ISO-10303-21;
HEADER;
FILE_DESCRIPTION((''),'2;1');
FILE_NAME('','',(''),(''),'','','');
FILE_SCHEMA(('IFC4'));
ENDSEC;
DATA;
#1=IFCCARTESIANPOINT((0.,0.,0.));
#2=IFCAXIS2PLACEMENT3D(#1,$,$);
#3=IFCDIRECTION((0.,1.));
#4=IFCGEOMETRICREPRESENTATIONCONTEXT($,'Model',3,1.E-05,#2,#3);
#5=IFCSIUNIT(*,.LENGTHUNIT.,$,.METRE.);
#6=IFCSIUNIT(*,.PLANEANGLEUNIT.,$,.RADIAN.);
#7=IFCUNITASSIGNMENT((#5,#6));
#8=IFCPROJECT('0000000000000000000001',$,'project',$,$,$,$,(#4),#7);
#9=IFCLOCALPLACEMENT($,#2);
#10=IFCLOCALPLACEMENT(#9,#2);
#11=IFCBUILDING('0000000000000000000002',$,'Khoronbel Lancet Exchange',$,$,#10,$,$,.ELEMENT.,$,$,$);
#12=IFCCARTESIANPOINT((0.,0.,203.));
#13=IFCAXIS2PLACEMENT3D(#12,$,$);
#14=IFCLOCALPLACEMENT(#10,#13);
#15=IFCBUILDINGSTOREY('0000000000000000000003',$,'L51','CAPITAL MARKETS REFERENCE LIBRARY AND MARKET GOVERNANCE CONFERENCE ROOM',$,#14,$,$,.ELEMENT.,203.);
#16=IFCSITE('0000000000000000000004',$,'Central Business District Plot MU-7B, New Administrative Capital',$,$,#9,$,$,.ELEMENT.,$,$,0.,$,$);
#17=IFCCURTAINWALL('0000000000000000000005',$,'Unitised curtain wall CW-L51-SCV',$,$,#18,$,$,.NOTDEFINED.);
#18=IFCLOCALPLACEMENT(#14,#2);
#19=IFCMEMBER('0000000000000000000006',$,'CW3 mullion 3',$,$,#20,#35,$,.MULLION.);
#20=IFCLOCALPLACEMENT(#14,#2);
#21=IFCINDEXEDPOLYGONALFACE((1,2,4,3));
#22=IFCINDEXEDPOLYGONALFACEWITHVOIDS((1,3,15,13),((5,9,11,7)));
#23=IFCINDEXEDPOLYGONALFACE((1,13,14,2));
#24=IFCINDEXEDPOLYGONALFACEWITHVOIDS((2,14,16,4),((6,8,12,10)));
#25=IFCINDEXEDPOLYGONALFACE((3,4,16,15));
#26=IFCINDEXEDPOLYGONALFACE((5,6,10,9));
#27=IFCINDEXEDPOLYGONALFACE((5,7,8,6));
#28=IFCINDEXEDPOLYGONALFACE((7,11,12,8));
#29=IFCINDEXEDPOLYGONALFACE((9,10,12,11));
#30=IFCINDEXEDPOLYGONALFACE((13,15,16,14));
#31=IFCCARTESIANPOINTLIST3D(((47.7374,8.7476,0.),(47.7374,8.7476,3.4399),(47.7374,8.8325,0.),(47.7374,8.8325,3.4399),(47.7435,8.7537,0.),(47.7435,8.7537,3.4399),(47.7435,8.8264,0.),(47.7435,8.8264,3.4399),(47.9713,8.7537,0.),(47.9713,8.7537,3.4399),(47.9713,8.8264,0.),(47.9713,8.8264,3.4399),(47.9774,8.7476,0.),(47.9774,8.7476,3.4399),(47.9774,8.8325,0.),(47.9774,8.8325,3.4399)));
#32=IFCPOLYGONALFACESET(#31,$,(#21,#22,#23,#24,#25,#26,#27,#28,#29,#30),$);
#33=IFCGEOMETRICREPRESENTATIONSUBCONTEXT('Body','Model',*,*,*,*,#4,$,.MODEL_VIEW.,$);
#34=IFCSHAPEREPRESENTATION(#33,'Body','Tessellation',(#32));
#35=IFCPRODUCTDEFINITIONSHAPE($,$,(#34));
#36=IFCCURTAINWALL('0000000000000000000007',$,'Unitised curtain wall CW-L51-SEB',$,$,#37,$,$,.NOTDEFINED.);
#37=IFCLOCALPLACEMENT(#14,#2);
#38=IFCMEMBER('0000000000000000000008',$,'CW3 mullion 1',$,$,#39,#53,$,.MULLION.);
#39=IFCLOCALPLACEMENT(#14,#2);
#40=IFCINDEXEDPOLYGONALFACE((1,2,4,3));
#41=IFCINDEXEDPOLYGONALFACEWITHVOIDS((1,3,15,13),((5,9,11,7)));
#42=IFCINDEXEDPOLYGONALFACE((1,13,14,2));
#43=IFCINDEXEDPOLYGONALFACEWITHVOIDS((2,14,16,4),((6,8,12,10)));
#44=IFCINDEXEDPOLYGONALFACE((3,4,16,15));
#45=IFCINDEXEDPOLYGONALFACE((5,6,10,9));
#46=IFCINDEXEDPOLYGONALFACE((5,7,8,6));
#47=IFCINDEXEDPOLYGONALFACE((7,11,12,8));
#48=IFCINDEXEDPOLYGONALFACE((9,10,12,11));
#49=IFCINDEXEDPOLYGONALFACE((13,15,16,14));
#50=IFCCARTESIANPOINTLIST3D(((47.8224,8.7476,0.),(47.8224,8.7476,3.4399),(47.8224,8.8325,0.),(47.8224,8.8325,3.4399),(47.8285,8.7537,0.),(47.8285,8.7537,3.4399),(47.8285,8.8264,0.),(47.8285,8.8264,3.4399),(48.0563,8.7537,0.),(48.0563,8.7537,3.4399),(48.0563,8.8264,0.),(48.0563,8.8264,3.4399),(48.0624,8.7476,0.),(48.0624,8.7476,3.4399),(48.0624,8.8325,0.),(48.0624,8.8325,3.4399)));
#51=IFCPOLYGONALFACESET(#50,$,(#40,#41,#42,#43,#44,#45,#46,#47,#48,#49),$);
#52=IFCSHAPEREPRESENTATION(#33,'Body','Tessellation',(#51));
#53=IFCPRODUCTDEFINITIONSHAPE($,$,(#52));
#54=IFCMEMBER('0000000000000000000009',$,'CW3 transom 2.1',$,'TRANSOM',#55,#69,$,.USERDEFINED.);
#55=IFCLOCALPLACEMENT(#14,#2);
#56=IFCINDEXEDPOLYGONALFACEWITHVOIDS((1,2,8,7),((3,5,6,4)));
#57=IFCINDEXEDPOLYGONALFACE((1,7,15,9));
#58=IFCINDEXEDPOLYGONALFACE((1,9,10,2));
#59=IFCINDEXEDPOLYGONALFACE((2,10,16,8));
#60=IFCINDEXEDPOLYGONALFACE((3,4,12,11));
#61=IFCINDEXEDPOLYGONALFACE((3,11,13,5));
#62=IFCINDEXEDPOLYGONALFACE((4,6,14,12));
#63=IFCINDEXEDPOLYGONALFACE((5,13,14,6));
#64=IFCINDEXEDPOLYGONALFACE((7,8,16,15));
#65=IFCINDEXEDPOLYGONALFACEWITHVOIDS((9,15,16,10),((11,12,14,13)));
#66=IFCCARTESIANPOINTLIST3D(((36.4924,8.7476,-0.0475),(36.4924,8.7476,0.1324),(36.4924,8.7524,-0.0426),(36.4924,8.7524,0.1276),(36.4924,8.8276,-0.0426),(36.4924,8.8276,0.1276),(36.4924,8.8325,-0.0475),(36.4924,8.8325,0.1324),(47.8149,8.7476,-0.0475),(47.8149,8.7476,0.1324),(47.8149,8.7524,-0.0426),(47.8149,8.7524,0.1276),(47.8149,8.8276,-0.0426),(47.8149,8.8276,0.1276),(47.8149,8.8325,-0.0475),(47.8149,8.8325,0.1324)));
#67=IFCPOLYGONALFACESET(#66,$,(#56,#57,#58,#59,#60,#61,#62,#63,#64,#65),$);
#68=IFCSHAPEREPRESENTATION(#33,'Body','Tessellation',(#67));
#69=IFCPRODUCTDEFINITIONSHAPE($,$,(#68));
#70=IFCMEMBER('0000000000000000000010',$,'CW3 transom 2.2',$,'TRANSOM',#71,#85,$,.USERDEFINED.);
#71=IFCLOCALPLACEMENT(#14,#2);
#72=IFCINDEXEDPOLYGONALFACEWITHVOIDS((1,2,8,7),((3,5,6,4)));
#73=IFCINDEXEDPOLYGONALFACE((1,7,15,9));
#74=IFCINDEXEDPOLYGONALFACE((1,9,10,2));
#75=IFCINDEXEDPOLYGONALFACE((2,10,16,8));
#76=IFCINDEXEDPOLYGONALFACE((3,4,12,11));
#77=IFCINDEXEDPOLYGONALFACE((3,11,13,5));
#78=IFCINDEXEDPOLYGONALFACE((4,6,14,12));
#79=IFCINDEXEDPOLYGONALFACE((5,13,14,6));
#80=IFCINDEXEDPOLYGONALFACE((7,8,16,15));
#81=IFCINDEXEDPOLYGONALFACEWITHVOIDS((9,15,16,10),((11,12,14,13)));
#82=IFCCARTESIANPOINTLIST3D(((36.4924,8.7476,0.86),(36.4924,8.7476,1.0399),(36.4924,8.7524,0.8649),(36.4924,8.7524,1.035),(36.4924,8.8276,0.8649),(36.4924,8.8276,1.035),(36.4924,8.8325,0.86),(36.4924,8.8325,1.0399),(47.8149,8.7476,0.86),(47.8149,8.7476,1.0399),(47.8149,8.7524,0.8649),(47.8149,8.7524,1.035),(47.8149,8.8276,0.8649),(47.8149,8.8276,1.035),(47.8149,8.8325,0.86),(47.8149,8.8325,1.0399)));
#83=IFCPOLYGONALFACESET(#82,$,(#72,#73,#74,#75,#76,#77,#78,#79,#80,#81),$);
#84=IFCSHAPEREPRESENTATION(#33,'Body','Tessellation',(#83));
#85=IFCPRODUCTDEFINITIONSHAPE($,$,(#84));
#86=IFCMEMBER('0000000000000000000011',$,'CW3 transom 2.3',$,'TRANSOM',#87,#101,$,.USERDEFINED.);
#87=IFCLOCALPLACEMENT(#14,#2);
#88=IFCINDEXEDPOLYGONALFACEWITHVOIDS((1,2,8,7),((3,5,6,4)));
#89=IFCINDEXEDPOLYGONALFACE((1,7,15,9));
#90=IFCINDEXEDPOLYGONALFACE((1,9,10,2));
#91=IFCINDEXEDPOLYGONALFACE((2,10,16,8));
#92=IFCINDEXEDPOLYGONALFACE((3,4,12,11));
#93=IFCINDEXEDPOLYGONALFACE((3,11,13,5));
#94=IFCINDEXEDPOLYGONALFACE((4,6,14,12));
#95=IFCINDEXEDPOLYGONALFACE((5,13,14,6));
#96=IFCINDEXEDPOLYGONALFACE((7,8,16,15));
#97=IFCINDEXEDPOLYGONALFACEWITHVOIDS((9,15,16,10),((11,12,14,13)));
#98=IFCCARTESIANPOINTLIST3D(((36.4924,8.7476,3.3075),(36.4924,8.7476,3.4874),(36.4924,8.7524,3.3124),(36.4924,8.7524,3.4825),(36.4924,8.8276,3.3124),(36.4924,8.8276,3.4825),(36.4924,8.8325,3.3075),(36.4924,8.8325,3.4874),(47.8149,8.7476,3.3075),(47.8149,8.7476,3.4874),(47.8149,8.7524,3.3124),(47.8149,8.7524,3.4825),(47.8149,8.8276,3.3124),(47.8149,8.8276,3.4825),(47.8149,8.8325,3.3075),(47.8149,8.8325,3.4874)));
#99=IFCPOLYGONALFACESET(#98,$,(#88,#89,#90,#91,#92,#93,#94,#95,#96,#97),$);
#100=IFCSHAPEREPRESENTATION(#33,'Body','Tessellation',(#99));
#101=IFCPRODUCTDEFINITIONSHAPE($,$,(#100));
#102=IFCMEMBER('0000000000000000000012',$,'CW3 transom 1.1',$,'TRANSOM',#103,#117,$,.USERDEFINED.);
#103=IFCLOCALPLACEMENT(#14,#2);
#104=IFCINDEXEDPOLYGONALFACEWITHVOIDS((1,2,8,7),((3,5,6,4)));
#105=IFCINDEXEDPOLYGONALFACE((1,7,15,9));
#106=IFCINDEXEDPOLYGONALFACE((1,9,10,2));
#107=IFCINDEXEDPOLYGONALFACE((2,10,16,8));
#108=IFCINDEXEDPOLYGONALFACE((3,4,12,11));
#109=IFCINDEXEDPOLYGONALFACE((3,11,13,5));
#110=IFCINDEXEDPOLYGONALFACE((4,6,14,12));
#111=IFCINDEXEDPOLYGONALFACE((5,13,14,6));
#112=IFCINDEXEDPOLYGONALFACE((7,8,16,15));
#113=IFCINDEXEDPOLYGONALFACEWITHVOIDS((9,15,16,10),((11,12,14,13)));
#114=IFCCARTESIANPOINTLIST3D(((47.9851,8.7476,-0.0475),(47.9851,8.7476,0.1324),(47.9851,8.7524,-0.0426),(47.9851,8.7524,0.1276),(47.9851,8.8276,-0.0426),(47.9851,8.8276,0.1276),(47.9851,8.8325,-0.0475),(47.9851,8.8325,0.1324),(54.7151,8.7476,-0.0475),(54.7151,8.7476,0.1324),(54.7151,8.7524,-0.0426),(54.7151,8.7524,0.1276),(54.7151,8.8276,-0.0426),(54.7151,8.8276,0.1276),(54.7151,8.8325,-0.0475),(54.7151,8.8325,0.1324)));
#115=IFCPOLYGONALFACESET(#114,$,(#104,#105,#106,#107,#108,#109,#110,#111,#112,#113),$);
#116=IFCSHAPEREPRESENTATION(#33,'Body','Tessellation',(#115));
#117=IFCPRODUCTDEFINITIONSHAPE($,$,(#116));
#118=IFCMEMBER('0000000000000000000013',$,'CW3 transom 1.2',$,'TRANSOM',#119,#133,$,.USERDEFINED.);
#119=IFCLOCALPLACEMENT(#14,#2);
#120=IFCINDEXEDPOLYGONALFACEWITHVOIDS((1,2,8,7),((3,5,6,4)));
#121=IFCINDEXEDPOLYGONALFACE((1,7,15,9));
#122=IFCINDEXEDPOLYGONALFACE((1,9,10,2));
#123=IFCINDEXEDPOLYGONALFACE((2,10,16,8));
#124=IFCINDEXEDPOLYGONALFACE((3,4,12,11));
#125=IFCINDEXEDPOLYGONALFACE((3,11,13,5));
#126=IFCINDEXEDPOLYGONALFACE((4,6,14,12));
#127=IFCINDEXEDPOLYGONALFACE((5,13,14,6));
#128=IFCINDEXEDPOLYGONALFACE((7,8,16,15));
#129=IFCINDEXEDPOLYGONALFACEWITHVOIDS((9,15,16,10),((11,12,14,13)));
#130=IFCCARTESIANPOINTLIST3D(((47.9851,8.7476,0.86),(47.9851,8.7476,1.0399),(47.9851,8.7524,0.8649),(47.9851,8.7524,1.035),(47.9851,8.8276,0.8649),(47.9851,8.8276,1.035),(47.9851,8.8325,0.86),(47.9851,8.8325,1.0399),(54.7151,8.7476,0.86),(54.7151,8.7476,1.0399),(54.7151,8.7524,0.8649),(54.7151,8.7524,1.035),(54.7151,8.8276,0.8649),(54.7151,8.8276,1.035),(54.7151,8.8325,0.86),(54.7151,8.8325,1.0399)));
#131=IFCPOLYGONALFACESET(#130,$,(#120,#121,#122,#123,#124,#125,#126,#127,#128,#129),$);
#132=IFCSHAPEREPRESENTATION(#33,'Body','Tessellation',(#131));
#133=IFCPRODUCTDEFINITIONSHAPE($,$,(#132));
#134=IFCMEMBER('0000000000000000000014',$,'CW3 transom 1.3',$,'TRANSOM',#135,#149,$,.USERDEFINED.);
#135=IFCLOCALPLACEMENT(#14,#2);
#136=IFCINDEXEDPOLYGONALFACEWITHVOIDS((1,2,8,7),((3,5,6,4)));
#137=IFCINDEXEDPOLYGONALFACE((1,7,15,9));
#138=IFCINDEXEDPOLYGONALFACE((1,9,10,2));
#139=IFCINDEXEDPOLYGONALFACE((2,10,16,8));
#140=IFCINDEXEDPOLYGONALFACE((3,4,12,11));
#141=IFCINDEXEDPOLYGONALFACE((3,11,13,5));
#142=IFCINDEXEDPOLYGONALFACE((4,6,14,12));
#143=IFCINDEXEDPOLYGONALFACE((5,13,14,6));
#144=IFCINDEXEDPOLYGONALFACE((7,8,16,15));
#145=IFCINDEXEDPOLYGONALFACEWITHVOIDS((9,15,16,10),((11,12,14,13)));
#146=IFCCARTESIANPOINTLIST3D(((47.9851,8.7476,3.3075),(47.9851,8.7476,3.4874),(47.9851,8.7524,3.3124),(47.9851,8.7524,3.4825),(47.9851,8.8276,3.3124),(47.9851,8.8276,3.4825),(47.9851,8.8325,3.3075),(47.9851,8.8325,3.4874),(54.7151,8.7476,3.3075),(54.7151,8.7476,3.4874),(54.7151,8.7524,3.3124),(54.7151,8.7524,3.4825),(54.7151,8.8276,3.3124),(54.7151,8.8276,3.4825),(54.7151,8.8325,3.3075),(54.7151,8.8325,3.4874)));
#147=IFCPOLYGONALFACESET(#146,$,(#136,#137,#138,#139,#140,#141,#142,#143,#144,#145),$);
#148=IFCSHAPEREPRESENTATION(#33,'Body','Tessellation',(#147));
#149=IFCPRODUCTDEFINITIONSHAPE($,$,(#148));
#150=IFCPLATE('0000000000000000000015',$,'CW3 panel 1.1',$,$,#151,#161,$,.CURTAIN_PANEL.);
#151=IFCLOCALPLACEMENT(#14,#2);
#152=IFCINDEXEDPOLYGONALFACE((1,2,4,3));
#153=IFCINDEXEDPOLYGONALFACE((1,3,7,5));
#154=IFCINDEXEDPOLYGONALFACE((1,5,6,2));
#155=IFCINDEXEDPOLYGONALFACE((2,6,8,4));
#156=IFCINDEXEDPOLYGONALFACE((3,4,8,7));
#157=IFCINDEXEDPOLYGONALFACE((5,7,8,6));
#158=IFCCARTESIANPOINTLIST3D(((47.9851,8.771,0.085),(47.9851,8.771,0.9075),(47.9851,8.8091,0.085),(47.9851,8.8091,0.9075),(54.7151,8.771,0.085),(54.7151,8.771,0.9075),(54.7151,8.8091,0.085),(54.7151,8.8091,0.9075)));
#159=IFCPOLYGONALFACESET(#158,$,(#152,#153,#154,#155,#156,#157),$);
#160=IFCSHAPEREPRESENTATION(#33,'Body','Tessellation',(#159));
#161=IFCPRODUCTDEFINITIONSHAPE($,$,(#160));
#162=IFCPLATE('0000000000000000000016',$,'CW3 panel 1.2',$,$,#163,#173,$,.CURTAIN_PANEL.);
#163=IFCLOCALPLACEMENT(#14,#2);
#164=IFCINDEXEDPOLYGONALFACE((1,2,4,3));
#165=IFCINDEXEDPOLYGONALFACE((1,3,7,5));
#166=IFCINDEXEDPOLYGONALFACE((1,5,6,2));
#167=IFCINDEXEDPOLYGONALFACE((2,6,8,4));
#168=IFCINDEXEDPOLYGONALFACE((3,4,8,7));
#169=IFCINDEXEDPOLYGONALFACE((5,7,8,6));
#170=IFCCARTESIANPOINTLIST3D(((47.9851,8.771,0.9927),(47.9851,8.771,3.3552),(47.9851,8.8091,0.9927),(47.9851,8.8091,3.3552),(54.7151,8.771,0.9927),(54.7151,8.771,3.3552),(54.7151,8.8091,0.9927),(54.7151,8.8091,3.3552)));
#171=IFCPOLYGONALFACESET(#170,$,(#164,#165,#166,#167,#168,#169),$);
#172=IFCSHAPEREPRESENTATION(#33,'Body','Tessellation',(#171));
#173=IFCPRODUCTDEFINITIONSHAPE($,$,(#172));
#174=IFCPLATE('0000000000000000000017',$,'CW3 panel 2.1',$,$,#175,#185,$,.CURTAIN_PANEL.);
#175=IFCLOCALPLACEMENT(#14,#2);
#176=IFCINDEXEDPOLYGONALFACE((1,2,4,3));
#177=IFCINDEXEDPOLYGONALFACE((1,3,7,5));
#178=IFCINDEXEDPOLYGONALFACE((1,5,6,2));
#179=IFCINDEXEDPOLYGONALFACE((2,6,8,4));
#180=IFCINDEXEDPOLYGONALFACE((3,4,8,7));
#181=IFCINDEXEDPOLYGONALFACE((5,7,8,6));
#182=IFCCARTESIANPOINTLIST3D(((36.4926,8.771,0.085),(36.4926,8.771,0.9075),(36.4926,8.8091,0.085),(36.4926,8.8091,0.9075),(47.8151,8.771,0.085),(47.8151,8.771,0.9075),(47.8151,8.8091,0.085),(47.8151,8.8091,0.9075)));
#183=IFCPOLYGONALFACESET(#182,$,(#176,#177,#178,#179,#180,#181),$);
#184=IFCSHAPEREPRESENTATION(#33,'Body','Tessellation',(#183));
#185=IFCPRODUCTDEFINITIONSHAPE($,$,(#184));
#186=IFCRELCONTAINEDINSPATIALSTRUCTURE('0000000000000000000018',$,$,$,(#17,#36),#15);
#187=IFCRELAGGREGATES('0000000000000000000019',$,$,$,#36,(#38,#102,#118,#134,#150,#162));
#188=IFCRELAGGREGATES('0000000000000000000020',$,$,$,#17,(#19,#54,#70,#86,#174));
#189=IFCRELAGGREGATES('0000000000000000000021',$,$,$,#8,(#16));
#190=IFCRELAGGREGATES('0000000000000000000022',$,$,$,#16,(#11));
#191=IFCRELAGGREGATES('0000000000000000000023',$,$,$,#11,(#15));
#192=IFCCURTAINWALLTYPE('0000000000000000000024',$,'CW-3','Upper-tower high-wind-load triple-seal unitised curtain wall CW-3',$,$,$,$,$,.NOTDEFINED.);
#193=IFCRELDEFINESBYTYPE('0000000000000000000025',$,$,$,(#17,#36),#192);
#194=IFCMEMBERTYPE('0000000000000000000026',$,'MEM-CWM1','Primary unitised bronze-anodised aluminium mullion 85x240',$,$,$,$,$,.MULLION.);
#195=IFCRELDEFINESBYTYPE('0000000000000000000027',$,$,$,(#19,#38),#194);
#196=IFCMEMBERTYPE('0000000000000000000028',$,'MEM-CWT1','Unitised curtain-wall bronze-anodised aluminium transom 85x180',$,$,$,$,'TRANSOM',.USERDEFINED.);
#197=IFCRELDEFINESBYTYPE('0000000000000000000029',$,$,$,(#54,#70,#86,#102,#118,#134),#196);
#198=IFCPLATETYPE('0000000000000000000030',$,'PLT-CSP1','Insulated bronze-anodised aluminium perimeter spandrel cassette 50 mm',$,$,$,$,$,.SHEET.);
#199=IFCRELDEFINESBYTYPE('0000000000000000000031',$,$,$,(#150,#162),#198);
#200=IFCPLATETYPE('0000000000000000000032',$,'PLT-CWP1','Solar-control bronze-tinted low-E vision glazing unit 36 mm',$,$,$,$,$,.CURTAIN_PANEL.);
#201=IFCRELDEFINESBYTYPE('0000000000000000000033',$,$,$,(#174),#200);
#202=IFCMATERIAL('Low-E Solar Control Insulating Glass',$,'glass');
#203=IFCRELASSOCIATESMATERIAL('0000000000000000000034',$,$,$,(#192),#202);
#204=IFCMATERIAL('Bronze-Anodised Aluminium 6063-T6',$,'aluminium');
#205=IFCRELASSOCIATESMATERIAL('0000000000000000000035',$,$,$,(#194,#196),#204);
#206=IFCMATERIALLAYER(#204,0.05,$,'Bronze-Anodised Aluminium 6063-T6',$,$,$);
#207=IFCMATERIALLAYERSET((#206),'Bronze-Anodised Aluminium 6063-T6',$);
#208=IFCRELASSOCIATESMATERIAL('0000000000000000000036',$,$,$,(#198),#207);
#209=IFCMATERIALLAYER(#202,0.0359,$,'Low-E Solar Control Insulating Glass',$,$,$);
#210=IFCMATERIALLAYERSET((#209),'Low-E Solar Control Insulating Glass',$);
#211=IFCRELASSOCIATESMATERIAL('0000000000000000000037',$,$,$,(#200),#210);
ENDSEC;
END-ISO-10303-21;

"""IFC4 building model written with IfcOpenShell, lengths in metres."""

from ifc_helpers import new_model, si_unit, direction, frame, origin, origin_2d, place, context, subcontext, project, spatial, rectangle, hollow_rectangle, extrude, material, layer, layer_set, material_profile, profile_set, type_object, element, aggregate, save


model = new_model("IFC4")

# Units and contexts
model_context = context("Model", 3, precision=1e-05, world=origin(), true_north=direction((0.0, 1.0)))
body_context = subcontext(model_context, "Body", "Model", "MODEL_VIEW")
ifc_project = project(units=[si_unit("LENGTHUNIT", "METRE"), si_unit("PLANEANGLEUNIT", "RADIAN")], contexts=[model_context])

# Site, building, storey
site_placement = place(None, origin())
site = spatial("IfcSite", under=ifc_project, at=site_placement, Name="Central Business District Plot MU-7B, New Administrative Capital", CompositionType="ELEMENT", RefElevation=0.0)
building_placement = place(site_placement, origin())
building = spatial("IfcBuilding", under=site, at=building_placement, Name="Khoronbel Lancet Exchange", CompositionType="ELEMENT")
storey_placement = place(building_placement, frame((0.0, 0.0, 203.0)))
storey = spatial("IfcBuildingStorey", under=building, at=storey_placement, Name="L51", Description="CAPITAL MARKETS REFERENCE LIBRARY AND MARKET GOVERNANCE CONFERENCE ROOM", CompositionType="ELEMENT", Elevation=203.0)

# Curtain wall, member
ifc_material_1 = material(Name="Low-E Solar Control Insulating Glass", Category="glass")
curtain_wall_type = type_object("IfcCurtainWallType", Name="CW-3", Description="Upper-tower high-wind-load triple-seal unitised curtain wall CW-3", PredefinedType="NOTDEFINED", material=ifc_material_1)
curtain_wall_1_placement = place(storey_placement, origin())
curtain_wall_1 = element("IfcCurtainWall", 1, at=curtain_wall_1_placement, inside=storey, type_object=curtain_wall_type, Name="Unitised curtain wall CW-L51-SCV", PredefinedType="NOTDEFINED")
ifc_material_2 = material(Name="Bronze-Anodised Aluminium 6063-T6", Category="aluminium")
ifc_material_profile_1 = material_profile(ifc_material_2, hollow_rectangle(XDim=0.085, YDim=0.24, WallThickness=0.0061, at=origin_2d()), Name="ALU MULLION 85x240")
ifc_profile_set_1 = profile_set([ifc_material_profile_1], Name="Bronze-Anodised Aluminium 6063-T6")
member_type_1 = type_object("IfcMemberType", Name="MEM-CWM1", Description="Primary unitised bronze-anodised aluminium mullion 85x240", PredefinedType="MULLION", material=ifc_profile_set_1)
member_1_placement = place(storey_placement, frame((47.8574, 8.79, 0.0), z_axis=(0.0, 0.0, 1.0), x_axis=(0.0, 1.0, 0.0)))
member_1 = element("IfcMember", 2, at=member_1_placement, type_object=member_type_1, Name="CW3 mullion 3", PredefinedType="MULLION", context=body_context, shape_type="SweptSolid", body=[
    extrude(hollow_rectangle(XDim=0.085, YDim=0.24, WallThickness=0.0061, at=origin_2d()), origin(), (0.0, 0.0, 1.0), 3.4399),
])

# Curtain wall, member
curtain_wall_2_placement = place(storey_placement, origin())
curtain_wall_2 = element("IfcCurtainWall", 3, at=curtain_wall_2_placement, inside=storey, type_object=curtain_wall_type, Name="Unitised curtain wall CW-L51-SEB", PredefinedType="NOTDEFINED")
member_2_placement = place(storey_placement, frame((47.9424, 8.79, 0.0), z_axis=(0.0, 0.0, 1.0), x_axis=(0.0, 1.0, 0.0)))
member_2 = element("IfcMember", 4, at=member_2_placement, type_object=member_type_1, Name="CW3 mullion 1", PredefinedType="MULLION", context=body_context, shape_type="SweptSolid", body=[
    extrude(hollow_rectangle(XDim=0.085, YDim=0.24, WallThickness=0.0061, at=origin_2d()), origin(), (0.0, 0.0, 1.0), 3.4399),
])

# Members
ifc_material_profile_2 = material_profile(ifc_material_2, hollow_rectangle(XDim=0.085, YDim=0.1799, WallThickness=0.0049, at=origin_2d()), Name="ALU TRANSOM 85x180")
ifc_profile_set_2 = profile_set([ifc_material_profile_2], Name="Bronze-Anodised Aluminium 6063-T6")
member_type_2 = type_object("IfcMemberType", Name="MEM-CWT1", Description="Unitised curtain-wall bronze-anodised aluminium transom 85x180", ElementType="TRANSOM", PredefinedType="USERDEFINED", material=ifc_profile_set_2)
member_3_placement = place(storey_placement, frame((36.4924, 8.79, 0.0425), z_axis=(1.0, 0.0, 0.0), x_axis=(0.0, 1.0, 0.0)))
member_3 = element("IfcMember", 5, at=member_3_placement, type_object=member_type_2, Name="CW3 transom 2.1", ObjectType="TRANSOM", PredefinedType="USERDEFINED", context=body_context, shape_type="SweptSolid", body=[
    extrude(hollow_rectangle(XDim=0.085, YDim=0.1799, WallThickness=0.0049, at=origin_2d()), origin(), (0.0, 0.0, 1.0), 11.3225),
])
member_4_placement = place(storey_placement, frame((36.4924, 8.79, 0.95), z_axis=(1.0, 0.0, 0.0), x_axis=(0.0, 1.0, 0.0)))
member_4 = element("IfcMember", 6, at=member_4_placement, type_object=member_type_2, Name="CW3 transom 2.2", ObjectType="TRANSOM", PredefinedType="USERDEFINED", context=body_context, shape_type="SweptSolid", body=[
    extrude(hollow_rectangle(XDim=0.085, YDim=0.1799, WallThickness=0.0049, at=origin_2d()), origin(), (0.0, 0.0, 1.0), 11.3225),
])
member_5_placement = place(storey_placement, frame((36.4924, 8.79, 3.3975), z_axis=(1.0, 0.0, 0.0), x_axis=(0.0, 1.0, 0.0)))
member_5 = element("IfcMember", 7, at=member_5_placement, type_object=member_type_2, Name="CW3 transom 2.3", ObjectType="TRANSOM", PredefinedType="USERDEFINED", context=body_context, shape_type="SweptSolid", body=[
    extrude(hollow_rectangle(XDim=0.085, YDim=0.1799, WallThickness=0.0049, at=origin_2d()), origin(), (0.0, 0.0, 1.0), 11.3225),
])
member_6_placement = place(storey_placement, frame((47.9851, 8.79, 0.0425), z_axis=(1.0, 0.0, 0.0), x_axis=(0.0, 1.0, 0.0)))
member_6 = element("IfcMember", 8, at=member_6_placement, type_object=member_type_2, Name="CW3 transom 1.1", ObjectType="TRANSOM", PredefinedType="USERDEFINED", context=body_context, shape_type="SweptSolid", body=[
    extrude(hollow_rectangle(XDim=0.085, YDim=0.1799, WallThickness=0.0049, at=origin_2d()), origin(), (0.0, 0.0, 1.0), 6.73),
])
member_7_placement = place(storey_placement, frame((47.9851, 8.79, 0.95), z_axis=(1.0, 0.0, 0.0), x_axis=(0.0, 1.0, 0.0)))
member_7 = element("IfcMember", 9, at=member_7_placement, type_object=member_type_2, Name="CW3 transom 1.2", ObjectType="TRANSOM", PredefinedType="USERDEFINED", context=body_context, shape_type="SweptSolid", body=[
    extrude(hollow_rectangle(XDim=0.085, YDim=0.1799, WallThickness=0.0049, at=origin_2d()), origin(), (0.0, 0.0, 1.0), 6.73),
])
member_8_placement = place(storey_placement, frame((47.9851, 8.79, 3.3975), z_axis=(1.0, 0.0, 0.0), x_axis=(0.0, 1.0, 0.0)))
member_8 = element("IfcMember", 10, at=member_8_placement, type_object=member_type_2, Name="CW3 transom 1.3", ObjectType="TRANSOM", PredefinedType="USERDEFINED", context=body_context, shape_type="SweptSolid", body=[
    extrude(hollow_rectangle(XDim=0.085, YDim=0.1799, WallThickness=0.0049, at=origin_2d()), origin(), (0.0, 0.0, 1.0), 6.73),
])

# Plates
ifc_layer_1 = layer(ifc_material_2, 0.05, Name="Bronze-Anodised Aluminium 6063-T6")
ifc_layer_set_1 = layer_set([ifc_layer_1], Name="Bronze-Anodised Aluminium 6063-T6")
plate_type_1 = type_object("IfcPlateType", Name="PLT-CSP1", Description="Insulated bronze-anodised aluminium perimeter spandrel cassette 50 mm", PredefinedType="SHEET", material=ifc_layer_set_1)
plate_1_placement = place(storey_placement, frame((51.3501, 8.79, 0.085), z_axis=(0.0, 0.0, 1.0), x_axis=(1.0, 0.0, 0.0)))
plate_1 = element("IfcPlate", 11, at=plate_1_placement, type_object=plate_type_1, Name="CW3 panel 1.1", PredefinedType="CURTAIN_PANEL", context=body_context, shape_type="SweptSolid", body=[
    extrude(rectangle(XDim=6.73, YDim=0.0381, at=origin_2d()), origin(), (0.0, 0.0, 1.0), 0.8225),
])
plate_2_placement = place(storey_placement, frame((51.3501, 8.79, 0.9927), z_axis=(0.0, 0.0, 1.0), x_axis=(1.0, 0.0, 0.0)))
plate_2 = element("IfcPlate", 12, at=plate_2_placement, type_object=plate_type_1, Name="CW3 panel 1.2", PredefinedType="CURTAIN_PANEL", context=body_context, shape_type="SweptSolid", body=[
    extrude(rectangle(XDim=6.73, YDim=0.0381, at=origin_2d()), origin(), (0.0, 0.0, 1.0), 2.3625),
])
aggregate(curtain_wall_2, [member_2, member_6, member_7, member_8, plate_1, plate_2])
ifc_layer_2 = layer(ifc_material_1, 0.0359, Name="Low-E Solar Control Insulating Glass")
ifc_layer_set_2 = layer_set([ifc_layer_2], Name="Low-E Solar Control Insulating Glass")
plate_type_2 = type_object("IfcPlateType", Name="PLT-CWP1", Description="Solar-control bronze-tinted low-E vision glazing unit 36 mm", PredefinedType="CURTAIN_PANEL", material=ifc_layer_set_2)
plate_3_placement = place(storey_placement, frame((42.1538, 8.79, 0.085), z_axis=(0.0, 0.0, 1.0), x_axis=(1.0, 0.0, 0.0)))
plate_3 = element("IfcPlate", 13, at=plate_3_placement, type_object=plate_type_2, Name="CW3 panel 2.1", PredefinedType="CURTAIN_PANEL", context=body_context, shape_type="SweptSolid", body=[
    extrude(rectangle(XDim=11.3225, YDim=0.0381, at=origin_2d()), origin(), (0.0, 0.0, 1.0), 0.8225),
])
aggregate(curtain_wall_1, [member_1, member_3, member_4, member_5, plate_3])

save(model, "model.ifc")
